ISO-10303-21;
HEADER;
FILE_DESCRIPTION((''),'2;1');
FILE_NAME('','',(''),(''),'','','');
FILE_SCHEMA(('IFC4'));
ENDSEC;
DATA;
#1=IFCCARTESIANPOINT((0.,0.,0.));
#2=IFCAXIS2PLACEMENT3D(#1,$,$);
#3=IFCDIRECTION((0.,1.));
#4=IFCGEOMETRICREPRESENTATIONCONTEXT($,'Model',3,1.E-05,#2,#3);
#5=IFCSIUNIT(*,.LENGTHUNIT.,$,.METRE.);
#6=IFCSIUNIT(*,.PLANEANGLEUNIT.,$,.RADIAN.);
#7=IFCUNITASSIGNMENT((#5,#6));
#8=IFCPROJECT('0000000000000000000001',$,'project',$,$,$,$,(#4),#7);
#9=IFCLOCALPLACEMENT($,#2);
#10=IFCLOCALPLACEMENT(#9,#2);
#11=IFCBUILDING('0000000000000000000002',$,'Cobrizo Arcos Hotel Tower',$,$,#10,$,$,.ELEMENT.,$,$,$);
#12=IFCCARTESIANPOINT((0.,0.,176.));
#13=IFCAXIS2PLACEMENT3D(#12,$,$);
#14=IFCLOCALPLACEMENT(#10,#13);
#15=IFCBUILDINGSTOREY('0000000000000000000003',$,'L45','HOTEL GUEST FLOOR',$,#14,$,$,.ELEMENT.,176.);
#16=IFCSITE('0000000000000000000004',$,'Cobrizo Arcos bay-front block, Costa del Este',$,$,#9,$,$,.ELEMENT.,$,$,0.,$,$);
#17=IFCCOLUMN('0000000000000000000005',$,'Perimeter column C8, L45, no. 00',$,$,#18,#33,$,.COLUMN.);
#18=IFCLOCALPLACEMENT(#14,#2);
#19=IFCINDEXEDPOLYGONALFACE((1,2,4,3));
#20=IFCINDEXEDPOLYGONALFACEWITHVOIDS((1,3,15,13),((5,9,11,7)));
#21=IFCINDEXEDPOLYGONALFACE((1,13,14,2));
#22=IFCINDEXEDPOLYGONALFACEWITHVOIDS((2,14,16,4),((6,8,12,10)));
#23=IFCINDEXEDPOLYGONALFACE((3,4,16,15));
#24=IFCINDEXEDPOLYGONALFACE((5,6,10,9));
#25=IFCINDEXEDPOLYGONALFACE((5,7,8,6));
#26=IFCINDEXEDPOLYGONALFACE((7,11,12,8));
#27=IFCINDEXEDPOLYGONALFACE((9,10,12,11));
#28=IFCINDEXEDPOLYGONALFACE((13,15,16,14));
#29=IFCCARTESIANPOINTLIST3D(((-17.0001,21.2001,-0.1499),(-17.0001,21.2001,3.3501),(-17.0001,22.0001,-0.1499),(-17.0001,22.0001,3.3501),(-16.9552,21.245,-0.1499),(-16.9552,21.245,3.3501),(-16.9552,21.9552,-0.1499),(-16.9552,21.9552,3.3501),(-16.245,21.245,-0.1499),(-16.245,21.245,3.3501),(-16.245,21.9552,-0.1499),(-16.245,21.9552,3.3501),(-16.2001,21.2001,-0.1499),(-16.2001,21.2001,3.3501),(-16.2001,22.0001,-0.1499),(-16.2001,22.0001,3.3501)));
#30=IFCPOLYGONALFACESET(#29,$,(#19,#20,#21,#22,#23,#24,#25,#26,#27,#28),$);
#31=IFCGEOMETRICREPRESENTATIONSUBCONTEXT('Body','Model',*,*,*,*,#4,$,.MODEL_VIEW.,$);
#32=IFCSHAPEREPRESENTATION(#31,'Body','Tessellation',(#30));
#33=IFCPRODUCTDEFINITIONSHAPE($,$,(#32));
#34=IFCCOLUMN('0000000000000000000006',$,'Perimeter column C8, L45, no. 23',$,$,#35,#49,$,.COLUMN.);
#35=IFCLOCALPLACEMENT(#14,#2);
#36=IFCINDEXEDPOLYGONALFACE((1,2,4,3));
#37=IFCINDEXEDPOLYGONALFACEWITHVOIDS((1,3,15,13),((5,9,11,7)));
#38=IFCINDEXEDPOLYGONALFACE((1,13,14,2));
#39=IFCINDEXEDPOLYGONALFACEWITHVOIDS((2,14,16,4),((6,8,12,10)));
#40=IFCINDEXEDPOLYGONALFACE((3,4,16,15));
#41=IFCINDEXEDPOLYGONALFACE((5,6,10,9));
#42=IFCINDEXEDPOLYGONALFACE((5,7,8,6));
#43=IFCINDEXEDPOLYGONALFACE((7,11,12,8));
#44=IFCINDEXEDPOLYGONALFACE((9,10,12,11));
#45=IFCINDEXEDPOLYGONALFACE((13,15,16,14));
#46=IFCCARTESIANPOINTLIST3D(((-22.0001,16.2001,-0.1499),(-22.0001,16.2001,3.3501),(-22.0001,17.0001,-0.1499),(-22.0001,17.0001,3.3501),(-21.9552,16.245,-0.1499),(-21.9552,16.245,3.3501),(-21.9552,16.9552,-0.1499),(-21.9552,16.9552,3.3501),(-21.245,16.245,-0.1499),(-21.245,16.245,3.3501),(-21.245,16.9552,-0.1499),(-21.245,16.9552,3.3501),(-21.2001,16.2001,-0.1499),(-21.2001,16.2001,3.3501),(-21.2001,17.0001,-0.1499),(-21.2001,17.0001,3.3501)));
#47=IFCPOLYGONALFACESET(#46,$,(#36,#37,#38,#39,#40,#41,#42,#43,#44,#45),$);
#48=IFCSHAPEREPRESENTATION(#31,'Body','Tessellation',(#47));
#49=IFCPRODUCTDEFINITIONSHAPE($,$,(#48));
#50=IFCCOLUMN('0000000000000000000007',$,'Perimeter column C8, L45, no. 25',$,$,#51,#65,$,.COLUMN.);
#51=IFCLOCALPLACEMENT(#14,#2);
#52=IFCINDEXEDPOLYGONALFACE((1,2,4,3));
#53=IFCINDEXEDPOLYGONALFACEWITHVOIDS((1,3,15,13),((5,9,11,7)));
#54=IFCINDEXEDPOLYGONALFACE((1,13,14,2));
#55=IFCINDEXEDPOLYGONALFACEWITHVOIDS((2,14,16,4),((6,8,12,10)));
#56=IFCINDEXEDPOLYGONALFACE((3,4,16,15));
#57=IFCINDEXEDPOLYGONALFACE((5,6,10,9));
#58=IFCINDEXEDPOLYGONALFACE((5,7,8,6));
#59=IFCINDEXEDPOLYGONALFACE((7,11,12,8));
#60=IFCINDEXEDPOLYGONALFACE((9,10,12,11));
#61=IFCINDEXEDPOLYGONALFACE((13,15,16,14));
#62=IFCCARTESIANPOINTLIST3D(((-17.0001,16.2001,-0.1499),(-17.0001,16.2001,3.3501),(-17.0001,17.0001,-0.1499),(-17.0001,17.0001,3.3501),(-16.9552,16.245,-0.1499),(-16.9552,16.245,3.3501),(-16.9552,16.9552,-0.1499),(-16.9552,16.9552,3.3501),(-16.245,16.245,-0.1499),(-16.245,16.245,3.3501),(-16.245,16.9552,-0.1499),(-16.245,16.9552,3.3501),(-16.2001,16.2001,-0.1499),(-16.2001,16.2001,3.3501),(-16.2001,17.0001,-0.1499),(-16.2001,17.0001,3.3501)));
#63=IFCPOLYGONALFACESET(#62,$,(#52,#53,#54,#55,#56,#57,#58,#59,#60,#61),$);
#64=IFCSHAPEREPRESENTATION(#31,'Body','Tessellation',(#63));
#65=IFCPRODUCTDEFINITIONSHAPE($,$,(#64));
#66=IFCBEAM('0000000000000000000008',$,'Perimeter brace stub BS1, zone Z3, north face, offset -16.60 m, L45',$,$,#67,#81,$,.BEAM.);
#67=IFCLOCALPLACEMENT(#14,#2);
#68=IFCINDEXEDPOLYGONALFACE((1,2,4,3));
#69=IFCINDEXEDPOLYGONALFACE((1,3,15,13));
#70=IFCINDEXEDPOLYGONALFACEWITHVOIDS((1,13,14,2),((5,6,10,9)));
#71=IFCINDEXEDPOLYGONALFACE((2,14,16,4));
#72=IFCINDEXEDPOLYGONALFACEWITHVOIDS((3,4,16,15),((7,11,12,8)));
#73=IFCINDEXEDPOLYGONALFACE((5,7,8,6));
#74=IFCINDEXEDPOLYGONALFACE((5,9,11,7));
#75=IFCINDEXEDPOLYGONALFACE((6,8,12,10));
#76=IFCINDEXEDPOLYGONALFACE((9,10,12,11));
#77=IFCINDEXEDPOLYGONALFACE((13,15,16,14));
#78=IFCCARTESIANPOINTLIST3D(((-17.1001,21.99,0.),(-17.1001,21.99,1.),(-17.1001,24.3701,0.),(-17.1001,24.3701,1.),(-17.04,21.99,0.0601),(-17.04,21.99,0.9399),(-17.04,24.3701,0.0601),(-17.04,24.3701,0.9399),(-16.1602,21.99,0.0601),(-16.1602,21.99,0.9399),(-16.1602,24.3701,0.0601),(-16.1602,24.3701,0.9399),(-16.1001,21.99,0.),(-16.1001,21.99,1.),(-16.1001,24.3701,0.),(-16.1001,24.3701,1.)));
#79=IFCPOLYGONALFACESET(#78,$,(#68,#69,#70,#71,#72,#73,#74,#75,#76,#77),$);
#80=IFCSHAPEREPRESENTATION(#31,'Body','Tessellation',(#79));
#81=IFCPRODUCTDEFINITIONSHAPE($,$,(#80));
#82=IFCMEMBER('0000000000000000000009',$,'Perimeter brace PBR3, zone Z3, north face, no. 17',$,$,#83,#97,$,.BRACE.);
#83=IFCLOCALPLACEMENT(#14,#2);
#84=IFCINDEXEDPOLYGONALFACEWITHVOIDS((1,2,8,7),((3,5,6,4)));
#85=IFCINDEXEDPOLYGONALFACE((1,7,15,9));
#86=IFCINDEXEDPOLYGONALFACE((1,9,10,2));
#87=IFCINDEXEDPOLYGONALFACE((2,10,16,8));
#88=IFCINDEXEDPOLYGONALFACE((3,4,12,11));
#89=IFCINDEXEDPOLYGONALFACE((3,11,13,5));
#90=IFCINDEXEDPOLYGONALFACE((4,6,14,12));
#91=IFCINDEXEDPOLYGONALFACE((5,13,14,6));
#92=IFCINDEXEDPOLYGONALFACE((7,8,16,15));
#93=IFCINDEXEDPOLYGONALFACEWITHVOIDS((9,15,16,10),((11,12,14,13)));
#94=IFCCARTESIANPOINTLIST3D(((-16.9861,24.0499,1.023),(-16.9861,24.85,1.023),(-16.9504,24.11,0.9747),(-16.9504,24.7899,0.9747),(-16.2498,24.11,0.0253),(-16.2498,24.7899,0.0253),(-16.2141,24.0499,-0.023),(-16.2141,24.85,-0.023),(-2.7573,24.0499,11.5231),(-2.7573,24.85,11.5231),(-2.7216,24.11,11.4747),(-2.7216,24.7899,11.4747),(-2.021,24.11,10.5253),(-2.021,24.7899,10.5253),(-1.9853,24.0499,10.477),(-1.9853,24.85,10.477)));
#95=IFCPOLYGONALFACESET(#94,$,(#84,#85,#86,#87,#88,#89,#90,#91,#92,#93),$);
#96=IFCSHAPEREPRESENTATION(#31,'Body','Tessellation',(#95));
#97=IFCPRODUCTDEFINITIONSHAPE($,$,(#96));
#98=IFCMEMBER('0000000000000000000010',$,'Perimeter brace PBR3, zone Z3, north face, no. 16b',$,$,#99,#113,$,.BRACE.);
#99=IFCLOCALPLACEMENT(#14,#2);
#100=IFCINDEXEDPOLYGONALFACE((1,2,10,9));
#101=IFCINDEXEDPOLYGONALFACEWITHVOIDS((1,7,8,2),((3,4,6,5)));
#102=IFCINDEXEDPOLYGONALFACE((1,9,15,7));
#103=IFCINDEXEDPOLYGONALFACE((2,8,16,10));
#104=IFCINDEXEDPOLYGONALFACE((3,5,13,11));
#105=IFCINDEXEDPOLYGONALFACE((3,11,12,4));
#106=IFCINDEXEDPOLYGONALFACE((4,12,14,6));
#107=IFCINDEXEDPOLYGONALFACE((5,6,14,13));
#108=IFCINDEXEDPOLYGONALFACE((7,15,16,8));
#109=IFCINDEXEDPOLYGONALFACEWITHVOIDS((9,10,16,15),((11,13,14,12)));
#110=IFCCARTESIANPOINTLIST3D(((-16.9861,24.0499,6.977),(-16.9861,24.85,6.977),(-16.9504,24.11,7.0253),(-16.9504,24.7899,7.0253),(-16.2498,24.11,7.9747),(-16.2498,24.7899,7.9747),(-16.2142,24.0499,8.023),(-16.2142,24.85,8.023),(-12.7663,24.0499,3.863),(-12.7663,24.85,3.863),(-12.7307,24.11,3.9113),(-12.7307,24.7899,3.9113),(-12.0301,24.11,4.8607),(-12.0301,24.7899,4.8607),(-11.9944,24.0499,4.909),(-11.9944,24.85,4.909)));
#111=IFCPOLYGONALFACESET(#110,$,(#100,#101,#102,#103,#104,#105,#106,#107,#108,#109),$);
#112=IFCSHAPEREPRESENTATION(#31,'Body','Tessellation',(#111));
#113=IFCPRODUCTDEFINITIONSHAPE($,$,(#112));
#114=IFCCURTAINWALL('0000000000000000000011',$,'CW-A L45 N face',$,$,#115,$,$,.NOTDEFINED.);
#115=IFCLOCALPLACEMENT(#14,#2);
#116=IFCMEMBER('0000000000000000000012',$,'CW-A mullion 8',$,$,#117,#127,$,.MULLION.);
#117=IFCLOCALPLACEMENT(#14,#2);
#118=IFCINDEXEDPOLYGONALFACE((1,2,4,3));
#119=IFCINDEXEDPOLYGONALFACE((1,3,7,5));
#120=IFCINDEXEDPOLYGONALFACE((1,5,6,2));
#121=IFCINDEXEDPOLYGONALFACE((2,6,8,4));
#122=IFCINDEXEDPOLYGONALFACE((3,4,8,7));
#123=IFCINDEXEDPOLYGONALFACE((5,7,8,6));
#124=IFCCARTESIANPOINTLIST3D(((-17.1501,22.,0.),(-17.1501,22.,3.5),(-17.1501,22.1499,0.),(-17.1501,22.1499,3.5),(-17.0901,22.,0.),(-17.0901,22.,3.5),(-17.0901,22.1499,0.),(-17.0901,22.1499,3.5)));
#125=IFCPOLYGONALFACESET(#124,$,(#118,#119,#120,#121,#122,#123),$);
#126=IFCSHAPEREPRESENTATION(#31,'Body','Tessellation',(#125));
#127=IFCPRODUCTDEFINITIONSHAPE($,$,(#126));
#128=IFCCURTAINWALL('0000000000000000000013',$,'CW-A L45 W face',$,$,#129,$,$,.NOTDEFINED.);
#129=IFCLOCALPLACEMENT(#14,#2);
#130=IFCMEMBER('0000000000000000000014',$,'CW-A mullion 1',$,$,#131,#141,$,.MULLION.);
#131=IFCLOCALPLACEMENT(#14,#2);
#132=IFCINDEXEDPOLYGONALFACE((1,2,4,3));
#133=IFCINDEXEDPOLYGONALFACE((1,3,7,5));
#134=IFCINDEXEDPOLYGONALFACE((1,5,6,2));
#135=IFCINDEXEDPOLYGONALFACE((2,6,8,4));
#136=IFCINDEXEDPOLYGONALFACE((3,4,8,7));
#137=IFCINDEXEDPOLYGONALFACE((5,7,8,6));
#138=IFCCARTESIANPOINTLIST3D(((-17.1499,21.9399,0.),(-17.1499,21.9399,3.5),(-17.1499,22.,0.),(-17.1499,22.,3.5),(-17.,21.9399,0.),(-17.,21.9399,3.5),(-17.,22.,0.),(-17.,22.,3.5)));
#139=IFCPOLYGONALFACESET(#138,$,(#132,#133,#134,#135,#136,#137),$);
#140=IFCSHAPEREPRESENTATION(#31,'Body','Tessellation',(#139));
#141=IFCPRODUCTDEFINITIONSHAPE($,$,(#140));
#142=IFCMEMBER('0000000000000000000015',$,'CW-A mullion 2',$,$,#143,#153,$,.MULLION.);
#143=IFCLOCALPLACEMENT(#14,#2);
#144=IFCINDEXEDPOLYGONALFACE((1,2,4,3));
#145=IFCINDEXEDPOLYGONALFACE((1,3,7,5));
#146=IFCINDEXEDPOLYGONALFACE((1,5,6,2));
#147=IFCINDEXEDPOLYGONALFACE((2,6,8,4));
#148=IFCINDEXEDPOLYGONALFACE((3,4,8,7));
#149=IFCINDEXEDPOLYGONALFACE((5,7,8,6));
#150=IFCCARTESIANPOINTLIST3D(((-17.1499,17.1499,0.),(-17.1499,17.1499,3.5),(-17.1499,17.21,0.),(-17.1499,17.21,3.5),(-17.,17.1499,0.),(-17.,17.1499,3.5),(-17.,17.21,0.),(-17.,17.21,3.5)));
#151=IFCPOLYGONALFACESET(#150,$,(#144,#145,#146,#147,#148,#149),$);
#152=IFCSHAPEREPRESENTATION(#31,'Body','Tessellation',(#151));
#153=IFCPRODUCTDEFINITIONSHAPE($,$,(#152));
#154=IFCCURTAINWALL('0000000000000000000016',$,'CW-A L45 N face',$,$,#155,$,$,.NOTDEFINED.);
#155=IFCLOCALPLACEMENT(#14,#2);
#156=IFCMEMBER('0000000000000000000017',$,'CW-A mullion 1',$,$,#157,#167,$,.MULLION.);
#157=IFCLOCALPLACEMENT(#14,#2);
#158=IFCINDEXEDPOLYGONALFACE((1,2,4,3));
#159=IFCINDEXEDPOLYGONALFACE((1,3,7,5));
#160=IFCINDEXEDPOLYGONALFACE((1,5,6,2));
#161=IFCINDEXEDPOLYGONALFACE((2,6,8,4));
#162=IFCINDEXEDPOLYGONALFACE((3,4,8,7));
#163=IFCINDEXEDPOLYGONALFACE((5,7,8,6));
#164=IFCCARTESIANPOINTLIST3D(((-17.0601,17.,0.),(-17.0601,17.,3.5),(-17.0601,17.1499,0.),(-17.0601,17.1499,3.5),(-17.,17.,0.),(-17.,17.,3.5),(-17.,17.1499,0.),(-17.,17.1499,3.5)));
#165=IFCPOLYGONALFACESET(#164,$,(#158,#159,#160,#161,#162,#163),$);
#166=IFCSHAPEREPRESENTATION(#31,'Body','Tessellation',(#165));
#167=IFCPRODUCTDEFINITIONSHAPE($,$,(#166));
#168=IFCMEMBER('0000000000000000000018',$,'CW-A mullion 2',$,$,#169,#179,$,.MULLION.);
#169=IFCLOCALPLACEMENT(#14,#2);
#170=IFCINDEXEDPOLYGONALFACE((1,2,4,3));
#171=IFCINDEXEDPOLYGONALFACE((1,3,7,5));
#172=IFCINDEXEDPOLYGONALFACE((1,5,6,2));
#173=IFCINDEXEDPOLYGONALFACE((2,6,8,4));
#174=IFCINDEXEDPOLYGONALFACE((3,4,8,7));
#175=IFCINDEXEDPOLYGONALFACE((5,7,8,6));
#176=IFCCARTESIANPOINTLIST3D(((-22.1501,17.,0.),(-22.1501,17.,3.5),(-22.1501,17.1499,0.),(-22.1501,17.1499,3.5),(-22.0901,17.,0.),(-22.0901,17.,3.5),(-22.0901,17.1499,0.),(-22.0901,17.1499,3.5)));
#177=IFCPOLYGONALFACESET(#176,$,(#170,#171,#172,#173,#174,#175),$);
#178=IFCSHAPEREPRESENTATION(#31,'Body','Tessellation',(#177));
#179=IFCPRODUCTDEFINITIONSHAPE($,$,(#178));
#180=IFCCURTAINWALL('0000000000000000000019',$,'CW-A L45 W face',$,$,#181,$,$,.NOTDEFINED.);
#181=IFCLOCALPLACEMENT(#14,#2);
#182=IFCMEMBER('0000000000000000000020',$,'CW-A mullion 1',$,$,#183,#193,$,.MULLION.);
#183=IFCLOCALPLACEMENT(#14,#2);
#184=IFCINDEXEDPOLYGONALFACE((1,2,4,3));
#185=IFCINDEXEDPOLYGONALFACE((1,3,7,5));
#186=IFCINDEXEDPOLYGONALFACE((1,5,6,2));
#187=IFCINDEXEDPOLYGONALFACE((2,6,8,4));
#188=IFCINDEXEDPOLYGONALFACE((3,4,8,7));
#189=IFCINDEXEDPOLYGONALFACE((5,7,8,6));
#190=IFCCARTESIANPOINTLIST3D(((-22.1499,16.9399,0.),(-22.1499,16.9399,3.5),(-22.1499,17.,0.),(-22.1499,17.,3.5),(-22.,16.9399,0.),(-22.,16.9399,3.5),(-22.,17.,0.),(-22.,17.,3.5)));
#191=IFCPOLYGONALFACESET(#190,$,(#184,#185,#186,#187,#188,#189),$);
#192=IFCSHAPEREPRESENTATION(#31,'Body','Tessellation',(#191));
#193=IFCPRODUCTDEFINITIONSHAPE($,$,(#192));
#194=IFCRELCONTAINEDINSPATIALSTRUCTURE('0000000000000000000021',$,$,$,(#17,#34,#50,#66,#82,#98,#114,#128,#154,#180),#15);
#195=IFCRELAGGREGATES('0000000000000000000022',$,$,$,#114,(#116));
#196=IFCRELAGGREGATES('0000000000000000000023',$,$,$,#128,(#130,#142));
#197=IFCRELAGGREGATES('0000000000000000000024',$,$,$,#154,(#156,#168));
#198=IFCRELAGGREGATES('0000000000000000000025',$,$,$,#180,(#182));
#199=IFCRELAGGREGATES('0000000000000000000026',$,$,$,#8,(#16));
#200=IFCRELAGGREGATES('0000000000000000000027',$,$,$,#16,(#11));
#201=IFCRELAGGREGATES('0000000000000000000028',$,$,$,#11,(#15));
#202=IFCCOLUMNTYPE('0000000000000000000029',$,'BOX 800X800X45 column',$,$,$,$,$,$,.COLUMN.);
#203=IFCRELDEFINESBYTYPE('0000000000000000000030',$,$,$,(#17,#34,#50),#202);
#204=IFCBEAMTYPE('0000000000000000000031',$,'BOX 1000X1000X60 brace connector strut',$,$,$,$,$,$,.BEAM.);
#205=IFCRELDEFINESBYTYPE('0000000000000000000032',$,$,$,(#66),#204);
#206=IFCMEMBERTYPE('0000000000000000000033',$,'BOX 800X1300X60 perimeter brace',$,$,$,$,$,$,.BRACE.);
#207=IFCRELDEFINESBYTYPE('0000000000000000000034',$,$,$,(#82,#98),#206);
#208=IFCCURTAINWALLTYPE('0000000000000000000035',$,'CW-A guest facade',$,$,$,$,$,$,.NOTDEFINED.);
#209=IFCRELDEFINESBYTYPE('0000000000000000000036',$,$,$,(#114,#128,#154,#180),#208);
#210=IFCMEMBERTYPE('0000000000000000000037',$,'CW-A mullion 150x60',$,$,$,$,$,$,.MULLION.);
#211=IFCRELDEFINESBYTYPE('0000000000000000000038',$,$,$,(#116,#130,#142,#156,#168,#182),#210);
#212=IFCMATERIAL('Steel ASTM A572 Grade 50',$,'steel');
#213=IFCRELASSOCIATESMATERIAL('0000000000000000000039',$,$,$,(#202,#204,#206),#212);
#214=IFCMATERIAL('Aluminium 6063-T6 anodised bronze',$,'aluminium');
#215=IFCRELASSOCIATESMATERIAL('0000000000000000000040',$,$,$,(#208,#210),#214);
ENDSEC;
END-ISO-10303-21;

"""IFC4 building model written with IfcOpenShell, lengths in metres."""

from ifc_helpers import new_model, si_unit, direction, frame, origin, origin_2d, place, context, subcontext, project, spatial, rectangle, hollow_rectangle, extrude, material, material_profile, profile_set, type_object, element, aggregate, save


model = new_model("IFC4")

# Units and contexts
model_context = context("Model", 3, precision=1e-05, world=origin(), true_north=direction((0.0, 1.0)))
body_context = subcontext(model_context, "Body", "Model", "MODEL_VIEW")
ifc_project = project(units=[si_unit("LENGTHUNIT", "METRE"), si_unit("PLANEANGLEUNIT", "RADIAN")], contexts=[model_context])

# Site, building, storey
site_placement = place(None, origin())
site = spatial("IfcSite", under=ifc_project, at=site_placement, Name="Cobrizo Arcos bay-front block, Costa del Este", CompositionType="ELEMENT", RefElevation=0.0)
building_placement = place(site_placement, origin())
building = spatial("IfcBuilding", under=site, at=building_placement, Name="Cobrizo Arcos Hotel Tower", CompositionType="ELEMENT")
storey_placement = place(building_placement, frame((0.0, 0.0, 176.0)))
storey = spatial("IfcBuildingStorey", under=building, at=storey_placement, Name="L45", Description="HOTEL GUEST FLOOR", CompositionType="ELEMENT", Elevation=176.0)

# Columns
ifc_material_1 = material(Name="Steel ASTM A572 Grade 50", Category="steel")
ifc_material_profile_1 = material_profile(ifc_material_1, hollow_rectangle(XDim=0.8, YDim=0.8, WallThickness=0.0449, at=origin_2d()), Name="BOX 800X800X45")
ifc_profile_set_1 = profile_set([ifc_material_profile_1], Name="Steel ASTM A572 Grade 50")
column_type = type_object("IfcColumnType", Name="BOX 800X800X45 column", PredefinedType="COLUMN", material=ifc_profile_set_1)
for number, where, z_axis, x_axis, name in (
    (1, (-16.6001, 21.6001, -0.1499), (0.0, 0.0, 1.0), (1.0, 0.0, 0.0), "Perimeter column C8, L45, no. 00"),
    (2, (-21.6001, 16.6001, -0.1499), (0.0, 0.0, 1.0), (1.0, 0.0, 0.0), "Perimeter column C8, L45, no. 23"),
    (3, (-16.6001, 16.6001, -0.1499), (0.0, 0.0, 1.0), (1.0, 0.0, 0.0), "Perimeter column C8, L45, no. 25"),
):
    element("IfcColumn", number, at=place(storey_placement, frame(where, z_axis=z_axis, x_axis=x_axis)), inside=storey, type_object=column_type, Name=name, PredefinedType="COLUMN", context=body_context, shape_type="SweptSolid", body=[
        extrude(hollow_rectangle(XDim=0.8, YDim=0.8, WallThickness=0.0449, at=origin_2d()), origin(), (0.0, 0.0, 1.0), 3.5),
    ])

# Beam
ifc_material_profile_2 = material_profile(ifc_material_1, hollow_rectangle(XDim=1.0, YDim=1.0, WallThickness=0.0601, at=origin_2d()), Name="BOX 1000X1000X60")
ifc_profile_set_2 = profile_set([ifc_material_profile_2], Name="Steel ASTM A572 Grade 50")
beam_type_1 = type_object("IfcBeamType", Name="BOX 1000X1000X60 brace connector strut", PredefinedType="BEAM", material=ifc_profile_set_2)
beam_1_placement = place(storey_placement, frame((-16.6001, 21.99, 0.5), z_axis=(0.0, 1.0, 0.0), x_axis=(-1.0, 0.0, 0.0)))
element("IfcBeam", 4, at=beam_1_placement, inside=storey, type_object=beam_type_1, Name="Perimeter brace stub BS1, zone Z3, north face, offset -16.60 m, L45", PredefinedType="BEAM", context=body_context, shape_type="SweptSolid", body=[
    extrude(hollow_rectangle(XDim=1.0, YDim=1.0, WallThickness=0.0601, at=origin_2d()), origin(), (0.0, 0.0, 1.0), 2.3801),
])

# Members
ifc_material_profile_3 = material_profile(ifc_material_1, hollow_rectangle(XDim=0.8, YDim=1.3, WallThickness=0.0601, at=origin_2d()), Name="BOX 800X1300X60")
ifc_profile_set_3 = profile_set([ifc_material_profile_3], Name="Steel ASTM A572 Grade 50")
member_type_1 = type_object("IfcMemberType", Name="BOX 800X1300X60 perimeter brace", PredefinedType="BRACE", material=ifc_profile_set_3)
member_1_placement = place(storey_placement, frame((-16.6001, 24.45, 0.5), z_axis=(0.804633, 0.0, 0.593772), x_axis=(0.0, 1.0, 0.0)))
element("IfcMember", 5, at=member_1_placement, inside=storey, type_object=member_type_1, Name="Perimeter brace PBR3, zone Z3, north face, no. 17", PredefinedType="BRACE", context=body_context, shape_type="SweptSolid", body=[
    extrude(hollow_rectangle(XDim=0.8, YDim=1.3, WallThickness=0.0601, at=origin_2d()), origin(), (0.0, 0.0, 1.0), 17.6836),
])
member_2_placement = place(storey_placement, frame((-12.3804, 24.45, 4.386), z_axis=(-0.804624, 0.0, 0.593785), x_axis=(0.0, -1.0, 0.0)))
element("IfcMember", 6, at=member_2_placement, inside=storey, type_object=member_type_1, Name="Perimeter brace PBR3, zone Z3, north face, no. 16b", PredefinedType="BRACE", context=body_context, shape_type="SweptSolid", body=[
    extrude(hollow_rectangle(XDim=0.8, YDim=1.3, WallThickness=0.0601, at=origin_2d()), origin(), (0.0, 0.0, 1.0), 5.2444),
])

# Curtain wall, member
ifc_material_2 = material(Name="Aluminium 6063-T6 anodised bronze", Category="aluminium")
curtain_wall_type = type_object("IfcCurtainWallType", Name="CW-A guest facade", PredefinedType="NOTDEFINED", material=ifc_material_2)
curtain_wall_1_placement = place(storey_placement, origin())
curtain_wall_1 = element("IfcCurtainWall", 7, at=curtain_wall_1_placement, inside=storey, type_object=curtain_wall_type, Name="CW-A L45 N face", PredefinedType="NOTDEFINED")
ifc_material_profile_4 = material_profile(ifc_material_2, rectangle(XDim=0.1499, YDim=0.0601, at=origin_2d()), Name="CW-A mullion 150x60")
ifc_profile_set_4 = profile_set([ifc_material_profile_4], Name="Aluminium 6063-T6 anodised bronze")
member_type_2 = type_object("IfcMemberType", Name="CW-A mullion 150x60", PredefinedType="MULLION", material=ifc_profile_set_4)
member_3_placement = place(storey_placement, frame((-17.1201, 22.075, 0.0), z_axis=(0.0, 0.0, 1.0), x_axis=(0.0, 1.0, 0.0)))
member_3 = element("IfcMember", 8, at=member_3_placement, type_object=member_type_2, Name="CW-A mullion 8", PredefinedType="MULLION", context=body_context, shape_type="SweptSolid", body=[
    extrude(rectangle(XDim=0.1499, YDim=0.0601, at=origin_2d()), origin(), (0.0, 0.0, 1.0), 3.5),
])

# Curtain walls, members
curtain_wall_2_placement = place(storey_placement, origin())
curtain_wall_2 = element("IfcCurtainWall", 9, at=curtain_wall_2_placement, inside=storey, type_object=curtain_wall_type, Name="CW-A L45 W face", PredefinedType="NOTDEFINED")
member_4_placement = place(storey_placement, frame((-17.075, 21.97, 0.0), z_axis=(0.0, 0.0, 1.0), x_axis=(-1.0, 0.0, 0.0)))
member_4 = element("IfcMember", 10, at=member_4_placement, type_object=member_type_2, Name="CW-A mullion 1", PredefinedType="MULLION", context=body_context, shape_type="SweptSolid", body=[
    extrude(rectangle(XDim=0.1499, YDim=0.0601, at=origin_2d()), origin(), (0.0, 0.0, 1.0), 3.5),
])
member_5_placement = place(storey_placement, frame((-17.075, 17.1799, 0.0), z_axis=(0.0, 0.0, 1.0), x_axis=(-1.0, 0.0, 0.0)))
member_5 = element("IfcMember", 11, at=member_5_placement, type_object=member_type_2, Name="CW-A mullion 2", PredefinedType="MULLION", context=body_context, shape_type="SweptSolid", body=[
    extrude(rectangle(XDim=0.1499, YDim=0.0601, at=origin_2d()), origin(), (0.0, 0.0, 1.0), 3.5),
])
curtain_wall_3_placement = place(storey_placement, origin())
curtain_wall_3 = element("IfcCurtainWall", 12, at=curtain_wall_3_placement, inside=storey, type_object=curtain_wall_type, Name="CW-A L45 N face", PredefinedType="NOTDEFINED")
member_6_placement = place(storey_placement, frame((-17.03, 17.075, 0.0), z_axis=(0.0, 0.0, 1.0), x_axis=(0.0, 1.0, 0.0)))
member_6 = element("IfcMember", 13, at=member_6_placement, type_object=member_type_2, Name="CW-A mullion 1", PredefinedType="MULLION", context=body_context, shape_type="SweptSolid", body=[
    extrude(rectangle(XDim=0.1499, YDim=0.0601, at=origin_2d()), origin(), (0.0, 0.0, 1.0), 3.5),
])
member_7_placement = place(storey_placement, frame((-22.1201, 17.075, 0.0), z_axis=(0.0, 0.0, 1.0), x_axis=(0.0, 1.0, 0.0)))
member_7 = element("IfcMember", 14, at=member_7_placement, type_object=member_type_2, Name="CW-A mullion 2", PredefinedType="MULLION", context=body_context, shape_type="SweptSolid", body=[
    extrude(rectangle(XDim=0.1499, YDim=0.0601, at=origin_2d()), origin(), (0.0, 0.0, 1.0), 3.5),
])

# Curtain wall, member
curtain_wall_4_placement = place(storey_placement, origin())
curtain_wall_4 = element("IfcCurtainWall", 15, at=curtain_wall_4_placement, inside=storey, type_object=curtain_wall_type, Name="CW-A L45 W face", PredefinedType="NOTDEFINED")
member_8_placement = place(storey_placement, frame((-22.075, 16.97, 0.0), z_axis=(0.0, 0.0, 1.0), x_axis=(-1.0, 0.0, 0.0)))
member_8 = element("IfcMember", 16, at=member_8_placement, type_object=member_type_2, Name="CW-A mullion 1", PredefinedType="MULLION", context=body_context, shape_type="SweptSolid", body=[
    extrude(rectangle(XDim=0.1499, YDim=0.0601, at=origin_2d()), origin(), (0.0, 0.0, 1.0), 3.5),
])

aggregate(curtain_wall_1, [member_3])
aggregate(curtain_wall_2, [member_4, member_5])
aggregate(curtain_wall_3, [member_6, member_7])
aggregate(curtain_wall_4, [member_8])

save(model, "model.ifc")
